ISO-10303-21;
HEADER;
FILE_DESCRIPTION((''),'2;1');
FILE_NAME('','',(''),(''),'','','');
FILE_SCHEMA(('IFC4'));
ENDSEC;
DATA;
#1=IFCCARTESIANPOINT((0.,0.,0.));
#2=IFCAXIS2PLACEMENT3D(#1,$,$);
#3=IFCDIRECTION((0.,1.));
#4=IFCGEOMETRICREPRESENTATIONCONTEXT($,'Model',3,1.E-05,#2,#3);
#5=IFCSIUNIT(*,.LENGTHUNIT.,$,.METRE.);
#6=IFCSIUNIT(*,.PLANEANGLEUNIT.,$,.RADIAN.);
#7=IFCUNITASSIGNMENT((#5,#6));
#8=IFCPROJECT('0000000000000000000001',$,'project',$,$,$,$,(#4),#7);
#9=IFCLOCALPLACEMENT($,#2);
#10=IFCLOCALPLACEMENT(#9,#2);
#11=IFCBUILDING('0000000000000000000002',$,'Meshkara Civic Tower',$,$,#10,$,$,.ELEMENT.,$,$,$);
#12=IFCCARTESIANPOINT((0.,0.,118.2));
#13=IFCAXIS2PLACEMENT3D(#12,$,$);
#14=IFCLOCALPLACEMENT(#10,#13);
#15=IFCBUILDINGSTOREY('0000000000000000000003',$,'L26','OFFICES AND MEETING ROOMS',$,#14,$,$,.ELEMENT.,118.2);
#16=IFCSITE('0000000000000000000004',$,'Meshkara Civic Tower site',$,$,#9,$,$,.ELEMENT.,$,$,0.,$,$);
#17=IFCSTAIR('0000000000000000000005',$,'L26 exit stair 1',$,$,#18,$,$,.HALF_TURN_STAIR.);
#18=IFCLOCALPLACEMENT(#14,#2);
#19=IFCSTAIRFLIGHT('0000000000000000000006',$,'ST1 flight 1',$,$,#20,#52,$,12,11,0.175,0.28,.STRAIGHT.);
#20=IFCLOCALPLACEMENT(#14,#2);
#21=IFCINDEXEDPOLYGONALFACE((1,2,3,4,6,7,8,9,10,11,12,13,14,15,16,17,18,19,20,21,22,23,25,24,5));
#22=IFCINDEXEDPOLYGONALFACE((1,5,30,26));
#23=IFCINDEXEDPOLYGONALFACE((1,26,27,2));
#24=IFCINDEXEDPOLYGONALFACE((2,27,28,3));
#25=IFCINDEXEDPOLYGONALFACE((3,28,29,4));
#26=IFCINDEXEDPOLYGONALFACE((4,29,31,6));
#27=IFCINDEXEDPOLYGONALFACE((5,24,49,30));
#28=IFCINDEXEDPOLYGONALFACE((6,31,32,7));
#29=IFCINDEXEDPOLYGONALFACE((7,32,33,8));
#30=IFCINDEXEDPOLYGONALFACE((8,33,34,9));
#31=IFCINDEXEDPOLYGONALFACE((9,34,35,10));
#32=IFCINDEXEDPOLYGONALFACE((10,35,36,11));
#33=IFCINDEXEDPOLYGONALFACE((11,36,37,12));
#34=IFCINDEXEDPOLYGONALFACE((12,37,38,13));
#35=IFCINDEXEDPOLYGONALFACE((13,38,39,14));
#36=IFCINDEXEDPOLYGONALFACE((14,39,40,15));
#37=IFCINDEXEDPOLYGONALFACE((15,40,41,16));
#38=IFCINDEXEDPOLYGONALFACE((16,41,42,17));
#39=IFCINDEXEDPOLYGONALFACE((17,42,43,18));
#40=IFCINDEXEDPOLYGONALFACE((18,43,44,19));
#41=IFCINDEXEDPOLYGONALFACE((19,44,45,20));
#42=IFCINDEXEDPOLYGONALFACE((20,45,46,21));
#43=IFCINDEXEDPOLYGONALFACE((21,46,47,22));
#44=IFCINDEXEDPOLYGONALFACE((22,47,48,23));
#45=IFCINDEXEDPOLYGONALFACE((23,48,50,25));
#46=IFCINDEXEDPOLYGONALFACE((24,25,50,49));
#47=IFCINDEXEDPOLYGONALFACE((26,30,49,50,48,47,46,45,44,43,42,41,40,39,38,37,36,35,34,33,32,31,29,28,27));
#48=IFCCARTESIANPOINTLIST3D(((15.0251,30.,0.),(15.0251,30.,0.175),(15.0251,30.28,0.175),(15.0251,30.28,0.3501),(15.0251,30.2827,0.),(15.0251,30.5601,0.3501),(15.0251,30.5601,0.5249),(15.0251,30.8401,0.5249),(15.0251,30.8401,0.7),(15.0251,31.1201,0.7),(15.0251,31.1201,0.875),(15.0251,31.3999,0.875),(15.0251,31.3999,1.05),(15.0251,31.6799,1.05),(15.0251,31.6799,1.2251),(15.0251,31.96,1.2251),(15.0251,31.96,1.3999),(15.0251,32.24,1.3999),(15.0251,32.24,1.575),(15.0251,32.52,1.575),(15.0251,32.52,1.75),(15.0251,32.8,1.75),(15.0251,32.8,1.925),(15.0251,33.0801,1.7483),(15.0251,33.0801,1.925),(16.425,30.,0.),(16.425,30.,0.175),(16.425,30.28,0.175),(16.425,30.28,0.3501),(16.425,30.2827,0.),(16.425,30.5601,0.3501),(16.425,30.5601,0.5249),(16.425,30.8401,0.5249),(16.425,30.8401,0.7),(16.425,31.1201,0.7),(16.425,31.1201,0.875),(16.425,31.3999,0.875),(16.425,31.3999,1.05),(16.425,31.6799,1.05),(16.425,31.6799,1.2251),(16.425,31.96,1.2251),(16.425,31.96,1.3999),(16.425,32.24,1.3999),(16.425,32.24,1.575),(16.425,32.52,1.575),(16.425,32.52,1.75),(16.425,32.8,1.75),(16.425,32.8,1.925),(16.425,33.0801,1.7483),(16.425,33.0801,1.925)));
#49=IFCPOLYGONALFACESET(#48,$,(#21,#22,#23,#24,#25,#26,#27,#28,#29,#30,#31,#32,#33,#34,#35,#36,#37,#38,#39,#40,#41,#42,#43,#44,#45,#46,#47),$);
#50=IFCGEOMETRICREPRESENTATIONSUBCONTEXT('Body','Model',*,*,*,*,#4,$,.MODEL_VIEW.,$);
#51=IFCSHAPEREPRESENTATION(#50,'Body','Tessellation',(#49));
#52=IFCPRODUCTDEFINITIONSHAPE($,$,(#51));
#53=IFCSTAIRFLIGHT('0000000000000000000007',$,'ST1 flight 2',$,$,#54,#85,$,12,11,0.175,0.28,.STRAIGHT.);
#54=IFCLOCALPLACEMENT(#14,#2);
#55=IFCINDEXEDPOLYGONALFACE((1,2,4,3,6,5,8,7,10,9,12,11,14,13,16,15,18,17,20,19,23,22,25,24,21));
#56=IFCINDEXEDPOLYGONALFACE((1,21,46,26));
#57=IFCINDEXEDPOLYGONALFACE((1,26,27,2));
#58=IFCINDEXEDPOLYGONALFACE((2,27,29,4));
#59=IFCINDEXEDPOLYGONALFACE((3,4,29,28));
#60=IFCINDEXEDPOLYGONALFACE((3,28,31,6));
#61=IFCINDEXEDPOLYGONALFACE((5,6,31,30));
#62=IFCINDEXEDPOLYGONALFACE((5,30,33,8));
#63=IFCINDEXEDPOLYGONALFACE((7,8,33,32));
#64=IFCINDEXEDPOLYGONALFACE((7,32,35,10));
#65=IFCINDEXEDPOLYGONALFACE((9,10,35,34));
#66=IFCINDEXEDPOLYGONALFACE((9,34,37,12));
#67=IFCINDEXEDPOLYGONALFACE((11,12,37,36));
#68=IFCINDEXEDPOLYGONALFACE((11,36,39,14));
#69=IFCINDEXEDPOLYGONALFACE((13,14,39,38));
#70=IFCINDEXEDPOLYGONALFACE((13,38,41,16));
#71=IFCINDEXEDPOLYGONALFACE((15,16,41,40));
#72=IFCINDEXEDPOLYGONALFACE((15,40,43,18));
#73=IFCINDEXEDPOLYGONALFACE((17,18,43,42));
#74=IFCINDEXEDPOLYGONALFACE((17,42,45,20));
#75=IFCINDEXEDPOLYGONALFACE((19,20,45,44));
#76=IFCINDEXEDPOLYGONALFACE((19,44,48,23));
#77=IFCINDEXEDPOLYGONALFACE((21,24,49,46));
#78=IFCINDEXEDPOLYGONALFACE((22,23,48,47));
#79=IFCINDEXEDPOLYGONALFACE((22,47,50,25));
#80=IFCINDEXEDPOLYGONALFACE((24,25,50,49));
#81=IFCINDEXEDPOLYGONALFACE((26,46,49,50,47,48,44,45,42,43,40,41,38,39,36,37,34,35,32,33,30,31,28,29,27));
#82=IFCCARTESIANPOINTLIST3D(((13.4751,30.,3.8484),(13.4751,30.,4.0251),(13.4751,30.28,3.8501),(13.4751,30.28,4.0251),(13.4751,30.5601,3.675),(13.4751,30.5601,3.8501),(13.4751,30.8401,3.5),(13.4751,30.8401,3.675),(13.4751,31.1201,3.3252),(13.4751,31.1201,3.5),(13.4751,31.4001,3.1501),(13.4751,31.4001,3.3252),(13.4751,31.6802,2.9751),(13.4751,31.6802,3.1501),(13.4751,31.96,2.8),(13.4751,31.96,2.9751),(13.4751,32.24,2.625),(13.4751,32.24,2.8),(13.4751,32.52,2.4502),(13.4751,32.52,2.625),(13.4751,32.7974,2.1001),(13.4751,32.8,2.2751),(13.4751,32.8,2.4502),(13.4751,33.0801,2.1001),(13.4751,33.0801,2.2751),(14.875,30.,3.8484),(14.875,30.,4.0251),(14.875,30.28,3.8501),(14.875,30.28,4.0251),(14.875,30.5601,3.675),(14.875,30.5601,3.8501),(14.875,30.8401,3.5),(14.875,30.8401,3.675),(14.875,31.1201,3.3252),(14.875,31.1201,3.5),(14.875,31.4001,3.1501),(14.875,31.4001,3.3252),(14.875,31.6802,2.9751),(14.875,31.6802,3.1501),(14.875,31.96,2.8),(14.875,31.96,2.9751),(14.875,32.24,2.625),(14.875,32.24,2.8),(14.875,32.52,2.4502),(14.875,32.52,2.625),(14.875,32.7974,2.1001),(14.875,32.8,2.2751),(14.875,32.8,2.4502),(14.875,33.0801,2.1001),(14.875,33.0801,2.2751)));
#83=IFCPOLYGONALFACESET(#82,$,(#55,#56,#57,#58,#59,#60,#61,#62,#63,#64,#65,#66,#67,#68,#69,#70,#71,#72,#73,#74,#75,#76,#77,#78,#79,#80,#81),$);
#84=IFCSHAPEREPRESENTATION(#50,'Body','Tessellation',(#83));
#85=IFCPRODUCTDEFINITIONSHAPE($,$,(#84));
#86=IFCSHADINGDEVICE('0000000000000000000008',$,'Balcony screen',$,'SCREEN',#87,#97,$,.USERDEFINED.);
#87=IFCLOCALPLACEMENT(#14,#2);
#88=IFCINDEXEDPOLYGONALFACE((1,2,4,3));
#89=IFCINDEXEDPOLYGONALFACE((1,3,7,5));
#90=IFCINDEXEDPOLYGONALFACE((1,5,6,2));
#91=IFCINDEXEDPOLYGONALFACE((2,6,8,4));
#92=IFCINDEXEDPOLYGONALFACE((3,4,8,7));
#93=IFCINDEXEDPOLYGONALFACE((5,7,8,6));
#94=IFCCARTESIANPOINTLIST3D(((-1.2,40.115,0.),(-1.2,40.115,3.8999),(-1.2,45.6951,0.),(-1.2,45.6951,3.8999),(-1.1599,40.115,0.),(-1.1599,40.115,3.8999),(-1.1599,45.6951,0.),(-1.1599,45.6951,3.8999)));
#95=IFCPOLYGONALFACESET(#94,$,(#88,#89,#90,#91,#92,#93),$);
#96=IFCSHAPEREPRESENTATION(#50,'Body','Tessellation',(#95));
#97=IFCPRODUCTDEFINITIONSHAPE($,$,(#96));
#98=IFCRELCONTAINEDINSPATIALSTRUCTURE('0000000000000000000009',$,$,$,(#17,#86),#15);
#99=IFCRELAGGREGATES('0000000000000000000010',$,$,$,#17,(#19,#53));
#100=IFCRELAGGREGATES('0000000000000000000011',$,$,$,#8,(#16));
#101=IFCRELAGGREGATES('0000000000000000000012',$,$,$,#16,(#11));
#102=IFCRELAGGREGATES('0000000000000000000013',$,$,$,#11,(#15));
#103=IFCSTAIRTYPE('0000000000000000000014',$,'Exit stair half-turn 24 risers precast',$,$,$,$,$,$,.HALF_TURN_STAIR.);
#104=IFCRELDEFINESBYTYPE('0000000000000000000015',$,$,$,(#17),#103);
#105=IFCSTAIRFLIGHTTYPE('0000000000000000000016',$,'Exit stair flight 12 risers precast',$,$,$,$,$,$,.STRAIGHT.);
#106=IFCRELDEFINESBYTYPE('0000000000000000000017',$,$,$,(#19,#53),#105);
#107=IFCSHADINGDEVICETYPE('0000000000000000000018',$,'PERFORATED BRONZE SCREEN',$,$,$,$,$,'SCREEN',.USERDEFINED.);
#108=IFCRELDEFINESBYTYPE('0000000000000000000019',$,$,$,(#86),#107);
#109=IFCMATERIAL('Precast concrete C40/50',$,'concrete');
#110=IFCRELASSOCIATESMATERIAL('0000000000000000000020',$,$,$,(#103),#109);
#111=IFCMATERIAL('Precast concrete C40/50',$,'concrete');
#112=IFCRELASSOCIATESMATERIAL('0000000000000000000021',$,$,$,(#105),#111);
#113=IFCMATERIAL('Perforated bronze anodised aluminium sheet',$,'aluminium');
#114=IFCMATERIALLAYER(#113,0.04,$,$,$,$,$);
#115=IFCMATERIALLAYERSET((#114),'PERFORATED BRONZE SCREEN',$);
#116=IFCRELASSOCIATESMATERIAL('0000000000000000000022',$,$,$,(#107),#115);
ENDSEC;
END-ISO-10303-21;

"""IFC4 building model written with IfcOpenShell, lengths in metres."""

from ifc_helpers import new_model, si_unit, direction, frame, origin, origin_2d, place, context, subcontext, project, spatial, polyline, rectangle, outline, extrude, material, layer, layer_set, type_object, element, aggregate, save


model = new_model("IFC4")

# Units and contexts
model_context = context("Model", 3, precision=1e-05, world=origin(), true_north=direction((0.0, 1.0)))
body_context = subcontext(model_context, "Body", "Model", "MODEL_VIEW")
ifc_project = project(units=[si_unit("LENGTHUNIT", "METRE"), si_unit("PLANEANGLEUNIT", "RADIAN")], contexts=[model_context])

# Site, building, storey
site_placement = place(None, origin())
site = spatial("IfcSite", under=ifc_project, at=site_placement, Name="Meshkara Civic Tower site", CompositionType="ELEMENT", RefElevation=0.0)
building_placement = place(site_placement, origin())
building = spatial("IfcBuilding", under=site, at=building_placement, Name="Meshkara Civic Tower", CompositionType="ELEMENT")
storey_placement = place(building_placement, frame((0.0, 0.0, 118.2)))
storey = spatial("IfcBuildingStorey", under=building, at=storey_placement, Name="L26", Description="OFFICES AND MEETING ROOMS", CompositionType="ELEMENT", Elevation=118.2)

# Stair, stair flights
ifc_material_1 = material(Name="Precast concrete C40/50", Category="concrete")
stair_type = type_object("IfcStairType", Name="Exit stair half-turn 24 risers precast", PredefinedType="HALF_TURN_STAIR", material=ifc_material_1)
stair_placement = place(storey_placement, origin())
stair = element("IfcStair", 1, at=stair_placement, inside=storey, type_object=stair_type, Name="L26 exit stair 1", PredefinedType="HALF_TURN_STAIR")
ifc_material_2 = material(Name="Precast concrete C40/50", Category="concrete")
stair_flight_type = type_object("IfcStairFlightType", Name="Exit stair flight 12 risers precast", PredefinedType="STRAIGHT", material=ifc_material_2)
stair_flight_1_placement = place(storey_placement, frame((15.7251, 30.0, 0.0), z_axis=(0.0, 0.0, 1.0), x_axis=(0.0, 1.0, 0.0)))
stair_flight_1 = element("IfcStairFlight", 2, at=stair_flight_1_placement, type_object=stair_flight_type, Name="ST1 flight 1", NumberOfRisers=12, NumberOfTreads=11, PredefinedType="STRAIGHT", RiserHeight=0.175, TreadLength=0.28, context=body_context, shape_type="SweptSolid", body=[
    extrude(outline(polyline([(0.0, 0.0), (0.0, 0.175), (0.28, 0.175), (0.28, 0.3501), (0.5601, 0.3501), (0.5601, 0.5249), (0.8401, 0.5249), (0.8401, 0.7), (1.1201, 0.7), (1.1201, 0.875), (1.3999, 0.875), (1.3999, 1.05), (1.6799, 1.05), (1.6799, 1.2251), (1.96, 1.2251), (1.96, 1.3999), (2.24, 1.3999), (2.24, 1.575), (2.52, 1.575), (2.52, 1.75), (2.8, 1.75), (2.8, 1.925), (3.0801, 1.925), (3.0801, 2.1001), (3.0801, 1.7483), (0.2827, 0.0), (0.0, 0.0)])), frame((0.0, 0.7, 0.0), z_axis=(0.0, -1.0, 0.0), x_axis=(1.0, 0.0, 0.0)), (0.0, 0.0, 1.0), 1.3999),
])
stair_flight_2_placement = place(storey_placement, frame((14.175, 33.0801, 2.1001), z_axis=(0.0, 0.0, 1.0), x_axis=(0.0, -1.0, 0.0)))
stair_flight_2 = element("IfcStairFlight", 3, at=stair_flight_2_placement, type_object=stair_flight_type, Name="ST1 flight 2", NumberOfRisers=12, NumberOfTreads=11, PredefinedType="STRAIGHT", RiserHeight=0.175, TreadLength=0.28, context=body_context, shape_type="SweptSolid", body=[
    extrude(outline(polyline([(0.0, 0.0), (0.0, 0.175), (0.28, 0.175), (0.28, 0.3501), (0.5601, 0.3501), (0.5601, 0.5249), (0.8401, 0.5249), (0.8401, 0.7), (1.1201, 0.7), (1.1201, 0.875), (1.3999, 0.875), (1.3999, 1.05), (1.6799, 1.05), (1.6799, 1.2251), (1.96, 1.2251), (1.96, 1.3999), (2.24, 1.3999), (2.24, 1.575), (2.52, 1.575), (2.52, 1.75), (2.8, 1.75), (2.8, 1.925), (3.0801, 1.925), (3.0801, 2.1001), (3.0801, 1.7483), (0.2827, 0.0), (0.0, 0.0)])), frame((0.0, 0.7, 0.0), z_axis=(0.0, -1.0, 0.0), x_axis=(1.0, 0.0, 0.0)), (0.0, 0.0, 1.0), 1.3999),
])
aggregate(stair, [stair_flight_1, stair_flight_2])

# Shading device
ifc_material_3 = material(Name="Perforated bronze anodised aluminium sheet", Category="aluminium")
ifc_layer_1 = layer(ifc_material_3, 0.04)
ifc_layer_set_1 = layer_set([ifc_layer_1], Name="PERFORATED BRONZE SCREEN")
shading_device_type = type_object("IfcShadingDeviceType", Name="PERFORATED BRONZE SCREEN", ElementType="SCREEN", PredefinedType="USERDEFINED", material=ifc_layer_set_1)
shading_device_placement = place(storey_placement, frame((-1.1799, 42.905, 0.0), z_axis=(0.0, 0.0, 1.0), x_axis=(0.0, -1.0, 0.0)))
element("IfcShadingDevice", 4, at=shading_device_placement, inside=storey, type_object=shading_device_type, Name="Balcony screen", ObjectType="SCREEN", PredefinedType="USERDEFINED", context=body_context, shape_type="SweptSolid", body=[
    extrude(rectangle(XDim=5.5801, YDim=0.04, at=origin_2d()), origin(), (0.0, 0.0, 1.0), 3.8999),
])

save(model, "model.ifc")
